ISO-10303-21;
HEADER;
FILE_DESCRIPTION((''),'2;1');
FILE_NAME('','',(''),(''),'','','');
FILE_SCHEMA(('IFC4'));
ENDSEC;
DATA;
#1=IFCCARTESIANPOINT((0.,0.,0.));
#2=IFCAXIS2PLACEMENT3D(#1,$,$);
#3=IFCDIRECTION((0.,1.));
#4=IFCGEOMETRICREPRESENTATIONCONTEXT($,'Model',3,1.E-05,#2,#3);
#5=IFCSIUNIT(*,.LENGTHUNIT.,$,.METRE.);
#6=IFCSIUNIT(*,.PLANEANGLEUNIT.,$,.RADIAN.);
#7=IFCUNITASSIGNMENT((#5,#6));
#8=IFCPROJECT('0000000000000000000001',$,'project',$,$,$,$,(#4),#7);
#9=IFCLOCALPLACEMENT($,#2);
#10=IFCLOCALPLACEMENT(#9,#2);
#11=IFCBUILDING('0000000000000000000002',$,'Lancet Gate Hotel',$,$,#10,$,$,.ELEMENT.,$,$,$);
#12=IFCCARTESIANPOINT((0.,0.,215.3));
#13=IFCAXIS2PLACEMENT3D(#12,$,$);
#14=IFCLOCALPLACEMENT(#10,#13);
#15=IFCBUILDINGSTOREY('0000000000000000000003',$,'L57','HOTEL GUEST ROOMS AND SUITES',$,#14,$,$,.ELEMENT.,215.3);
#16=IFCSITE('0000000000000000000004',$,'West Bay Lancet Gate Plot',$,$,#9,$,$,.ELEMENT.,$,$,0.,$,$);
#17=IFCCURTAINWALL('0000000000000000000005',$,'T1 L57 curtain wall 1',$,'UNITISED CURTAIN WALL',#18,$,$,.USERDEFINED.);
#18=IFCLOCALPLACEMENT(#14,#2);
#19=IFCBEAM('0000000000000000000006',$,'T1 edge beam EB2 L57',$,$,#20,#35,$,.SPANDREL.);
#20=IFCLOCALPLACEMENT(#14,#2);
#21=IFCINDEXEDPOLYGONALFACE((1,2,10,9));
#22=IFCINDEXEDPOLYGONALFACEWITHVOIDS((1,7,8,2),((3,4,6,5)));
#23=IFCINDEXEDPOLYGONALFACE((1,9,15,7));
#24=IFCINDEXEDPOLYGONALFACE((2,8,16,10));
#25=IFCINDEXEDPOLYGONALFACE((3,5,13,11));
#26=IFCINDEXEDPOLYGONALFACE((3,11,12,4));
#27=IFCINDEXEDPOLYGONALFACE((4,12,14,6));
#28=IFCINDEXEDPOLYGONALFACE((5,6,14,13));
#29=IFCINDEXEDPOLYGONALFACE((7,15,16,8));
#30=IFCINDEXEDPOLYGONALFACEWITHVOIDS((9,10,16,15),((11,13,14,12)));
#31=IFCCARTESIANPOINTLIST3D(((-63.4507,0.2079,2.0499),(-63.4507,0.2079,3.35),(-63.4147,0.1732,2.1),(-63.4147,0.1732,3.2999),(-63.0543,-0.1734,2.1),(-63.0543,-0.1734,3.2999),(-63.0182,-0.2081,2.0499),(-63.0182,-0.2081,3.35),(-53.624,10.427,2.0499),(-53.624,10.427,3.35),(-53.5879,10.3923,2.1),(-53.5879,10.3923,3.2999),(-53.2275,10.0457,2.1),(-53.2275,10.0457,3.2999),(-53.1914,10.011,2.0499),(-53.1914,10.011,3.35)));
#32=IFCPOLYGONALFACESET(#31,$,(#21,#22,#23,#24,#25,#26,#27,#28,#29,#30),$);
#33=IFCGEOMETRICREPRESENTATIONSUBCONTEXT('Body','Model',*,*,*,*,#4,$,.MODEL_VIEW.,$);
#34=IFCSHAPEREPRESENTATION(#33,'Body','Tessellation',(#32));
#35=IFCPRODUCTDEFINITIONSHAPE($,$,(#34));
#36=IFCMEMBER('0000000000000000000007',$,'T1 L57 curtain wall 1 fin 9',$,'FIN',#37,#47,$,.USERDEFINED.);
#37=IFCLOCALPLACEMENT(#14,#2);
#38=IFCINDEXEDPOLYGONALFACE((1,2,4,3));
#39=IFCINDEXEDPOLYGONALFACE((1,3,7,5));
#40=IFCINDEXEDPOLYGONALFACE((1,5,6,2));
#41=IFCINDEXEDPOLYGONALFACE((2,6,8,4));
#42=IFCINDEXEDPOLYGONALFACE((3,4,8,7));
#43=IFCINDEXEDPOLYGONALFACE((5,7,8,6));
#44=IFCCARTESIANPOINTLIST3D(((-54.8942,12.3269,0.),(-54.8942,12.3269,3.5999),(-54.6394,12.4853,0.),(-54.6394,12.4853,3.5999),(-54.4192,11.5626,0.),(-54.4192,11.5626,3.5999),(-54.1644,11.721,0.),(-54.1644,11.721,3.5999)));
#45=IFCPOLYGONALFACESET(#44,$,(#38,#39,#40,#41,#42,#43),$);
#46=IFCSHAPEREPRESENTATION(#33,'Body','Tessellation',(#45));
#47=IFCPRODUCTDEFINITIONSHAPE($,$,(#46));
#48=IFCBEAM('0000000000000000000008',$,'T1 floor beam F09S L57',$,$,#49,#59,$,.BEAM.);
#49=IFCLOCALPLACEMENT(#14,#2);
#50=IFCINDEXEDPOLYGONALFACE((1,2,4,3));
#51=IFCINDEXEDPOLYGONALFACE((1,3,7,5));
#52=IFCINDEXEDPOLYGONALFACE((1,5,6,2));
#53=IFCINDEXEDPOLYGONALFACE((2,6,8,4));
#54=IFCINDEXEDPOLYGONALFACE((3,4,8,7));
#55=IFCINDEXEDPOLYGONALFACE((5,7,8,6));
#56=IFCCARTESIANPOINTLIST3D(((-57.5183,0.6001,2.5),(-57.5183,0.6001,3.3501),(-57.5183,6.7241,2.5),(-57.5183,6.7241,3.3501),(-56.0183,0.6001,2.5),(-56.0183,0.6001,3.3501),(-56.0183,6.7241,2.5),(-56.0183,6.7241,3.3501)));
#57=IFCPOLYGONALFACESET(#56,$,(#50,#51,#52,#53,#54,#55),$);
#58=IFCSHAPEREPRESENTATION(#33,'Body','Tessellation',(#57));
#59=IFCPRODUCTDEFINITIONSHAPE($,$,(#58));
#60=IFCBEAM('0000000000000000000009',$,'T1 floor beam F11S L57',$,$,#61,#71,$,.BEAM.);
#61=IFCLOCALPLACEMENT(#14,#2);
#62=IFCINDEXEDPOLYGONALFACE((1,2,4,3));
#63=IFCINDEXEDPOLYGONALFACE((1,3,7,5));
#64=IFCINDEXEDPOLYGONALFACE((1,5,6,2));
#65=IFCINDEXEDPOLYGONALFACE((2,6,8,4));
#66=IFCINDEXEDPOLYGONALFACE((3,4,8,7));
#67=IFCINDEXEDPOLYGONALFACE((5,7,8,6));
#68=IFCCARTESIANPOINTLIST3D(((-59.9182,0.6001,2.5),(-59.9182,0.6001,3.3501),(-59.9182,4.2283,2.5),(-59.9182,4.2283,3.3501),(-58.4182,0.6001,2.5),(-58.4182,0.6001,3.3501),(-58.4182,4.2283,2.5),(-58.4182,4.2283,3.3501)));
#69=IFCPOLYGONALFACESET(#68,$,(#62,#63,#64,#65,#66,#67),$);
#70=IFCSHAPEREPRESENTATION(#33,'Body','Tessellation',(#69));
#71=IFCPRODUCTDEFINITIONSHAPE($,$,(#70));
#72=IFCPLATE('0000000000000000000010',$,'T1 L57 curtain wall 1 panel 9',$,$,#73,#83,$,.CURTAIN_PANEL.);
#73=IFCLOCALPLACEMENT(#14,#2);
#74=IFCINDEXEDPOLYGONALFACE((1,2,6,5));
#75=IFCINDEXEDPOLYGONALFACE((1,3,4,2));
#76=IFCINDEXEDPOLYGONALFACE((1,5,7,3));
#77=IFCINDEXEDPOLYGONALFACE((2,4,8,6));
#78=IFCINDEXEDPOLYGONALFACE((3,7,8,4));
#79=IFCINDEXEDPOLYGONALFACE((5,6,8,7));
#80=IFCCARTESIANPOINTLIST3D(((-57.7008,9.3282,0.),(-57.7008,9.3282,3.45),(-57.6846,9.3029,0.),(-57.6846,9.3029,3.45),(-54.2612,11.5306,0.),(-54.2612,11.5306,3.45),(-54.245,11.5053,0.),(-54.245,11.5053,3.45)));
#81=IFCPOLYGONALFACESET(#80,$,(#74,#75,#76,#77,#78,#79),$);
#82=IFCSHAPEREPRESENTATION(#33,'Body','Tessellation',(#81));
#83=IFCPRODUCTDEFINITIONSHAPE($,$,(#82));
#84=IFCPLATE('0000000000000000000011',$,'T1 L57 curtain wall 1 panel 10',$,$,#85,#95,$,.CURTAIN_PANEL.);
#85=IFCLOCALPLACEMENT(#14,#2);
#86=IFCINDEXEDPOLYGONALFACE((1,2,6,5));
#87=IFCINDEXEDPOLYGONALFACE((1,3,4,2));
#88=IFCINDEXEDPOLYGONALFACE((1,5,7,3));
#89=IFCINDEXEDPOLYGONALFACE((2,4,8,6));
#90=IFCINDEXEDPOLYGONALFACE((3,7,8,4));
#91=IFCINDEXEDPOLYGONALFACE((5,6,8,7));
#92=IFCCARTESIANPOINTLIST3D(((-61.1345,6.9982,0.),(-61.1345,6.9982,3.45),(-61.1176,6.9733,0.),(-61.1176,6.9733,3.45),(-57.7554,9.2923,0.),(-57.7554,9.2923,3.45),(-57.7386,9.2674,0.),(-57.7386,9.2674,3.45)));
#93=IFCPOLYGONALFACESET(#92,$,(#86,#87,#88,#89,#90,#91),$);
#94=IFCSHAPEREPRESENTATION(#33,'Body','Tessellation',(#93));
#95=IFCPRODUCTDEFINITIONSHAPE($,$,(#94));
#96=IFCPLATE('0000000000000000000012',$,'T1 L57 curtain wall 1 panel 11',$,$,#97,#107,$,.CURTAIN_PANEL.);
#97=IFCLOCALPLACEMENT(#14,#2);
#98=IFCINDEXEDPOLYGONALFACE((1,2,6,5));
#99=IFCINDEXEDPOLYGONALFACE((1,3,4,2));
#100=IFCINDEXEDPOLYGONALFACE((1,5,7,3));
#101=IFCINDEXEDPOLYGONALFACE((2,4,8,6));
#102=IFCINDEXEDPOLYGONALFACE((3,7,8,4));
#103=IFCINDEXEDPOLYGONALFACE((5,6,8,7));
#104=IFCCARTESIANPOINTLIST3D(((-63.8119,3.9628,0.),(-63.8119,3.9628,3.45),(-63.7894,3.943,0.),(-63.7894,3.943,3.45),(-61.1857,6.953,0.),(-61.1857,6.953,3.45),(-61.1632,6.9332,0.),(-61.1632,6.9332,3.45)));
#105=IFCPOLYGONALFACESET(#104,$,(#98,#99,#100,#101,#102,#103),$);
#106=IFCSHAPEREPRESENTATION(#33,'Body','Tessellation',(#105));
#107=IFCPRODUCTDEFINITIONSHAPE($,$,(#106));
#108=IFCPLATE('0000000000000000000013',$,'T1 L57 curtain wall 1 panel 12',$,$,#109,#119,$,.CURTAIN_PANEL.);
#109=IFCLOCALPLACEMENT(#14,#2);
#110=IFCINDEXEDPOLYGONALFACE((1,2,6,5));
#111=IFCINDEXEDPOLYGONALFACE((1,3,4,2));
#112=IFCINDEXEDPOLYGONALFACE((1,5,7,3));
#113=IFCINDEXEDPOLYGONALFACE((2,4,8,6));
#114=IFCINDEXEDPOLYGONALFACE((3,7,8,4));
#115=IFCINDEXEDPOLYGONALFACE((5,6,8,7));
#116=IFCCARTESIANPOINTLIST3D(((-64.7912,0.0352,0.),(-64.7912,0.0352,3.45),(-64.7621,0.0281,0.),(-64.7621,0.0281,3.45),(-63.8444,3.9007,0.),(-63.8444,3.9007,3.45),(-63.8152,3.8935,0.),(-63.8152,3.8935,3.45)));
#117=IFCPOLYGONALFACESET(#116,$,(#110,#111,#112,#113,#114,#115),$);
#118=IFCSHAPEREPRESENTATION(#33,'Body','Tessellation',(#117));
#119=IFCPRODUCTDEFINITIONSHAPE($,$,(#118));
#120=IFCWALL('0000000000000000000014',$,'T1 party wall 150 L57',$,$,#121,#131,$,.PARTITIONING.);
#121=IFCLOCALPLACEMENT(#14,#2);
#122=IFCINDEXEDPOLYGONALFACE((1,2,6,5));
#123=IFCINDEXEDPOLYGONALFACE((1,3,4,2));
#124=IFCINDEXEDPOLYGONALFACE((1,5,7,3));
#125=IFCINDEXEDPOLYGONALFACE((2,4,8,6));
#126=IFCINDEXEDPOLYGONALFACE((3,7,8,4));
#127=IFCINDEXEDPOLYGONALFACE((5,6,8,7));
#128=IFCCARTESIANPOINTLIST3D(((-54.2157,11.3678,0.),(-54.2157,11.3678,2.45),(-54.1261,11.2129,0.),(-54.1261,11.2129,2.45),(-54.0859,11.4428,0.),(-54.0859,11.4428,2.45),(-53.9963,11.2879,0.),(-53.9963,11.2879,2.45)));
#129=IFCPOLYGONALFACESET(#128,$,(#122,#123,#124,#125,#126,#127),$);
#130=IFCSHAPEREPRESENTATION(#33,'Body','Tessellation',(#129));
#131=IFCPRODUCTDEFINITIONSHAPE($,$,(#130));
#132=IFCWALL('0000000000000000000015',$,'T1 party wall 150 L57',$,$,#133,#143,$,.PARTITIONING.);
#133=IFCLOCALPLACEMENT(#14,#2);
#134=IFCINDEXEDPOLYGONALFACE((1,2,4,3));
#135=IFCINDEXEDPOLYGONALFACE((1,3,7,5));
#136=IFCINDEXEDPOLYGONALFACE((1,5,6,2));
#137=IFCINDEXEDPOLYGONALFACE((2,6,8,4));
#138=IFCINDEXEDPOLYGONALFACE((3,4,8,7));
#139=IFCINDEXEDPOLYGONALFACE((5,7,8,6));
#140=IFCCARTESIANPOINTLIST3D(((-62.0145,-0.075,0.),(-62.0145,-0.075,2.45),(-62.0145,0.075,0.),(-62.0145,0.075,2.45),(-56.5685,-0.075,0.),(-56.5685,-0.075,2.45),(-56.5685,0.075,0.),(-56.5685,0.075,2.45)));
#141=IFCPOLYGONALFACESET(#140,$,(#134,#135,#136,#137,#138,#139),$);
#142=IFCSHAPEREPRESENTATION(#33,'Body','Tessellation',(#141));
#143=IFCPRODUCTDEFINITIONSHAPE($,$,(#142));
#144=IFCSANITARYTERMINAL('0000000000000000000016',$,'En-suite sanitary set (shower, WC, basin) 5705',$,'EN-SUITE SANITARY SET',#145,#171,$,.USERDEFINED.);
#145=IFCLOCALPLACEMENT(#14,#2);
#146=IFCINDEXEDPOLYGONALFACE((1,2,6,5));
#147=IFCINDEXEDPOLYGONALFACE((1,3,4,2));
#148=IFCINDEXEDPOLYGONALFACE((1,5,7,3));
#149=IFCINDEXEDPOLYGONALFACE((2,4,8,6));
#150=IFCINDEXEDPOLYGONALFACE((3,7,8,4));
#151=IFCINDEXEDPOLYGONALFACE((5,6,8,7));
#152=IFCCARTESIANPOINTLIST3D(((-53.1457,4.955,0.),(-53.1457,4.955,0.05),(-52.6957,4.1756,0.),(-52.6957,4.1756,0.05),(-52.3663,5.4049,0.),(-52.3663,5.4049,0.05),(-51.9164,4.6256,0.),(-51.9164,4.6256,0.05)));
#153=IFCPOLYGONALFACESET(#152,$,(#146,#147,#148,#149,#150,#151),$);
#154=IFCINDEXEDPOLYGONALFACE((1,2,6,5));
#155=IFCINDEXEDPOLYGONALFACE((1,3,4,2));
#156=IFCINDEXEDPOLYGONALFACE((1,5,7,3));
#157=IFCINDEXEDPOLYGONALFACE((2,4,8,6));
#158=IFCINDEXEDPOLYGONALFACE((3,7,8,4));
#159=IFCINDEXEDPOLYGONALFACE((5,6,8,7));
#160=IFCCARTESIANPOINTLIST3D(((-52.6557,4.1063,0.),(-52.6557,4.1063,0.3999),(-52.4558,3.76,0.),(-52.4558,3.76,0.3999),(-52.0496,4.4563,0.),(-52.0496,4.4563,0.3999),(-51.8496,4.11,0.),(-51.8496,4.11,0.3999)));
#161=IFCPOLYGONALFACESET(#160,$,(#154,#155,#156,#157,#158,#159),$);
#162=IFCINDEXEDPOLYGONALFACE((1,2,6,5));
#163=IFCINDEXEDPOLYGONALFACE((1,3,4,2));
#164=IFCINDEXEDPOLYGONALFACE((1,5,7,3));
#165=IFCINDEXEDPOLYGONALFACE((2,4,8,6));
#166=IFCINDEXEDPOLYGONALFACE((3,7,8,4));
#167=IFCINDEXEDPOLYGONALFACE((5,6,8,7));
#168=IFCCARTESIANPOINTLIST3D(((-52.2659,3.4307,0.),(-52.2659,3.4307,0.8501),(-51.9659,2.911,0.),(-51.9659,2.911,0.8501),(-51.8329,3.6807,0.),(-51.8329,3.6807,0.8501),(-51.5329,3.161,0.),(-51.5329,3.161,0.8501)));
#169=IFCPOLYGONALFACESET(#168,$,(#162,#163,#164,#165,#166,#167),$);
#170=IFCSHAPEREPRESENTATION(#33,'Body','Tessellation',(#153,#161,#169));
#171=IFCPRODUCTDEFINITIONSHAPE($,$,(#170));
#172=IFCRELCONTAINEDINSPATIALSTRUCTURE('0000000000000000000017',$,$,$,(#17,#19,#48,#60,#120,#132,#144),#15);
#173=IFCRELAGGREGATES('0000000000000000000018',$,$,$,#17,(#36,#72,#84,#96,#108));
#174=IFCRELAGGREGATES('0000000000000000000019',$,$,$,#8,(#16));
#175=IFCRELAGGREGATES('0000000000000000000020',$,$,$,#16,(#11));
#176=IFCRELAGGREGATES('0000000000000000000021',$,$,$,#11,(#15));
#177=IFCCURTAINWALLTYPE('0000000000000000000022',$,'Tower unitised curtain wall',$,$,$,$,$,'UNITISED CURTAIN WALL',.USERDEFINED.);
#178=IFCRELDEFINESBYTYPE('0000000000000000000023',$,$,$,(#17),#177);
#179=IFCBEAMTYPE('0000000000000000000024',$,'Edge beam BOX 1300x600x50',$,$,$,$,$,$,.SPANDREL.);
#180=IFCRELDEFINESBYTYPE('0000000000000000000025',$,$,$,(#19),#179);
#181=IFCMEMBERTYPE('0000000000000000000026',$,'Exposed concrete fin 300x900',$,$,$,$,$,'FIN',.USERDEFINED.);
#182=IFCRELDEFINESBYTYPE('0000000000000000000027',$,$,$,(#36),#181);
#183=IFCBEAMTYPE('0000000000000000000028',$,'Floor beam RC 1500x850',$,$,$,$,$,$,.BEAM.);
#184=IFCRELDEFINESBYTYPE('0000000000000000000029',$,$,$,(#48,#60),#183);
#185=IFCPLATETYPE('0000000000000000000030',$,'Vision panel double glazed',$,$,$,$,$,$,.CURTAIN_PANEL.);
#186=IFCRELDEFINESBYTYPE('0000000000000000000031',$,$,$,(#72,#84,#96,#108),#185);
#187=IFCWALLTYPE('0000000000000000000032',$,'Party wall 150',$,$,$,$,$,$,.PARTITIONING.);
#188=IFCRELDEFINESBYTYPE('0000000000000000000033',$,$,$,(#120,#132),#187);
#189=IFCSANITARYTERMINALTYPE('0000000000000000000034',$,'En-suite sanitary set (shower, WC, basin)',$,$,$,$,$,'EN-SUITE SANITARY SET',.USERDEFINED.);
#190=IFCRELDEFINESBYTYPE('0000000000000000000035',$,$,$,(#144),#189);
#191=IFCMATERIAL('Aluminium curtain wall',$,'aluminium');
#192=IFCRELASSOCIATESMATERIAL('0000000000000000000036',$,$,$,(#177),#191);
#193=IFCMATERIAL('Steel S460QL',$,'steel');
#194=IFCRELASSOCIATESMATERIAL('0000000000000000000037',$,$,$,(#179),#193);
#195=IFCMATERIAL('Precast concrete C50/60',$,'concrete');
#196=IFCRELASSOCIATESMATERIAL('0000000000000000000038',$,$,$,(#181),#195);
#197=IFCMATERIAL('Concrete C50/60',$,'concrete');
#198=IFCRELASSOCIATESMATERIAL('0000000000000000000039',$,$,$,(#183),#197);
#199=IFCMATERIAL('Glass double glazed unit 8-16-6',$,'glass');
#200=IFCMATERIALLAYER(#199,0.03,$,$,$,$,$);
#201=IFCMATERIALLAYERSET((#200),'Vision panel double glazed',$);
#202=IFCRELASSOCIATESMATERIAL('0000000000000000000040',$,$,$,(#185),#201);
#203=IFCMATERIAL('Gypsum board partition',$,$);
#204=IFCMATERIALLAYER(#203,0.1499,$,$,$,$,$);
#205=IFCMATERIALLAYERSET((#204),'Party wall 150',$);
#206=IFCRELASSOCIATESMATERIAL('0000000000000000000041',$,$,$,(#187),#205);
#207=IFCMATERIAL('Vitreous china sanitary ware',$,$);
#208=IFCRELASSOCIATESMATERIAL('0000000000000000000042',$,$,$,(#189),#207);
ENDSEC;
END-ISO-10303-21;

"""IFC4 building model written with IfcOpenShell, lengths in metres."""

from ifc_helpers import new_model, si_unit, direction, frame, frame_2d, origin, origin_2d, place, context, subcontext, project, spatial, rectangle, hollow_rectangle, extrude, material, layer, layer_set, material_profile, profile_set, type_object, element, aggregate, save


model = new_model("IFC4")

# Units and contexts
model_context = context("Model", 3, precision=1e-05, world=origin(), true_north=direction((0.0, 1.0)))
body_context = subcontext(model_context, "Body", "Model", "MODEL_VIEW")
ifc_project = project(units=[si_unit("LENGTHUNIT", "METRE"), si_unit("PLANEANGLEUNIT", "RADIAN")], contexts=[model_context])

# Site, building, storey
site_placement = place(None, origin())
site = spatial("IfcSite", under=ifc_project, at=site_placement, Name="West Bay Lancet Gate Plot", CompositionType="ELEMENT", RefElevation=0.0)
building_placement = place(site_placement, origin())
building = spatial("IfcBuilding", under=site, at=building_placement, Name="Lancet Gate Hotel", CompositionType="ELEMENT")
storey_placement = place(building_placement, frame((0.0, 0.0, 215.3)))
storey = spatial("IfcBuildingStorey", under=building, at=storey_placement, Name="L57", Description="HOTEL GUEST ROOMS AND SUITES", CompositionType="ELEMENT", Elevation=215.3)

# Curtain wall
ifc_material_1 = material(Name="Aluminium curtain wall", Category="aluminium")
curtain_wall_type = type_object("IfcCurtainWallType", Name="Tower unitised curtain wall", ElementType="UNITISED CURTAIN WALL", PredefinedType="USERDEFINED", material=ifc_material_1)
curtain_wall_placement = place(storey_placement, origin())
curtain_wall = element("IfcCurtainWall", 1, at=curtain_wall_placement, inside=storey, type_object=curtain_wall_type, Name="T1 L57 curtain wall 1", ObjectType="UNITISED CURTAIN WALL", PredefinedType="USERDEFINED")

# Beam
ifc_material_2 = material(Name="Steel S460QL", Category="steel")
ifc_material_profile_1 = material_profile(ifc_material_2, hollow_rectangle(XDim=0.6001, YDim=1.3, WallThickness=0.05, at=origin_2d()), Name="BOX 1300x600x50")
ifc_profile_set_1 = profile_set([ifc_material_profile_1], Name="Steel S460QL")
beam_type_1 = type_object("IfcBeamType", Name="Edge beam BOX 1300x600x50", PredefinedType="SPANDREL", material=ifc_profile_set_1)
beam_1_placement = place(storey_placement, frame((-53.4077, 10.219, 2.7), z_axis=(-0.693135, -0.720808, 0.0), x_axis=(0.720808, -0.693135, 0.0)))
element("IfcBeam", 2, at=beam_1_placement, inside=storey, type_object=beam_type_1, Name="T1 edge beam EB2 L57", PredefinedType="SPANDREL", context=body_context, shape_type="SweptSolid", body=[
    extrude(hollow_rectangle(XDim=0.6001, YDim=1.3, WallThickness=0.05, at=origin_2d()), origin(), (0.0, 0.0, 1.0), 14.1772),
])

# Member
ifc_material_3 = material(Name="Precast concrete C50/60", Category="concrete")
ifc_material_profile_2 = material_profile(ifc_material_3, rectangle(XDim=0.3, YDim=0.8999, at=origin_2d()), Name="FIN 300x900")
ifc_profile_set_2 = profile_set([ifc_material_profile_2], Name="Precast concrete C50/60")
member_type_1 = type_object("IfcMemberType", Name="Exposed concrete fin 300x900", ElementType="FIN", PredefinedType="USERDEFINED", material=ifc_profile_set_2)
member_1_placement = place(storey_placement, frame((-54.5293, 12.0239, 0.0), z_axis=(0.0, 0.0, 1.0), x_axis=(-0.849342, -0.527842, 0.0)))
member_1 = element("IfcMember", 3, at=member_1_placement, type_object=member_type_1, Name="T1 L57 curtain wall 1 fin 9", ObjectType="FIN", PredefinedType="USERDEFINED", context=body_context, shape_type="SweptSolid", body=[
    extrude(rectangle(XDim=0.3, YDim=0.8999, at=origin_2d()), origin(), (0.0, 0.0, 1.0), 3.5999),
])

# Beams
ifc_material_4 = material(Name="Concrete C50/60", Category="concrete")
ifc_material_profile_3 = material_profile(ifc_material_4, rectangle(XDim=1.5, YDim=0.8501, at=origin_2d()), Name="RC 1500x850")
ifc_profile_set_3 = profile_set([ifc_material_profile_3], Name="Concrete C50/60")
beam_type_2 = type_object("IfcBeamType", Name="Floor beam RC 1500x850", PredefinedType="BEAM", material=ifc_profile_set_3)
beam_2_placement = place(storey_placement, frame((-56.7683, 6.7241, 2.925), z_axis=(0.0, -1.0, 0.0), x_axis=(1.0, 0.0, 0.0)))
element("IfcBeam", 4, at=beam_2_placement, inside=storey, type_object=beam_type_2, Name="T1 floor beam F09S L57", PredefinedType="BEAM", context=body_context, shape_type="SweptSolid", body=[
    extrude(rectangle(XDim=1.5, YDim=0.8501, at=origin_2d()), origin(), (0.0, 0.0, 1.0), 6.124),
])
beam_3_placement = place(storey_placement, frame((-59.1682, 4.2283, 2.925), z_axis=(0.0, -1.0, 0.0), x_axis=(1.0, 0.0, 0.0)))
element("IfcBeam", 5, at=beam_3_placement, inside=storey, type_object=beam_type_2, Name="T1 floor beam F11S L57", PredefinedType="BEAM", context=body_context, shape_type="SweptSolid", body=[
    extrude(rectangle(XDim=1.5, YDim=0.8501, at=origin_2d()), origin(), (0.0, 0.0, 1.0), 3.6282),
])

# Plates
ifc_material_5 = material(Name="Glass double glazed unit 8-16-6", Category="glass")
ifc_layer_1 = layer(ifc_material_5, 0.03)
ifc_layer_set_1 = layer_set([ifc_layer_1], Name="Vision panel double glazed")
plate_type = type_object("IfcPlateType", Name="Vision panel double glazed", PredefinedType="CURTAIN_PANEL", material=ifc_layer_set_1)
plate_1_placement = place(storey_placement, frame((-55.9729, 10.4167, 0.0), z_axis=(0.0, 0.0, 1.0), x_axis=(-0.842161, -0.539226, 0.0)))
plate_1 = element("IfcPlate", 6, at=plate_1_placement, type_object=plate_type, Name="T1 L57 curtain wall 1 panel 9", PredefinedType="CURTAIN_PANEL", context=body_context, shape_type="SweptSolid", body=[
    extrude(rectangle(XDim=4.0842, YDim=0.03, at=origin_2d()), origin(), (0.0, 0.0, 1.0), 3.45),
])
plate_2_placement = place(storey_placement, frame((-59.4365, 8.1328, 0.0), z_axis=(0.0, 0.0, 1.0), x_axis=(-0.827342, -0.561698, 0.0)))
plate_2 = element("IfcPlate", 7, at=plate_2_placement, type_object=plate_type, Name="T1 L57 curtain wall 1 panel 10", PredefinedType="CURTAIN_PANEL", context=body_context, shape_type="SweptSolid", body=[
    extrude(rectangle(XDim=4.0842, YDim=0.03, at=origin_2d()), origin(), (0.0, 0.0, 1.0), 3.45),
])
plate_3_placement = place(storey_placement, frame((-62.4875, 5.448, 0.0), z_axis=(0.0, 0.0, 1.0), x_axis=(-0.659892, -0.751361, 0.0)))
plate_3 = element("IfcPlate", 8, at=plate_3_placement, type_object=plate_type, Name="T1 L57 curtain wall 1 panel 11", PredefinedType="CURTAIN_PANEL", context=body_context, shape_type="SweptSolid", body=[
    extrude(rectangle(XDim=3.9797, YDim=0.03, at=origin_2d()), origin(), (0.0, 0.0, 1.0), 3.45),
])
plate_4_placement = place(storey_placement, frame((-64.3032, 1.9644, 0.0), z_axis=(0.0, 0.0, 1.0), x_axis=(-0.237921, -0.971285, 0.0)))
plate_4 = element("IfcPlate", 9, at=plate_4_placement, type_object=plate_type, Name="T1 L57 curtain wall 1 panel 12", PredefinedType="CURTAIN_PANEL", context=body_context, shape_type="SweptSolid", body=[
    extrude(rectangle(XDim=3.9797, YDim=0.03, at=origin_2d()), origin(), (0.0, 0.0, 1.0), 3.45),
])
aggregate(curtain_wall, [member_1, plate_1, plate_2, plate_3, plate_4])

# Walls
ifc_material_6 = material(Name="Gypsum board partition")
ifc_layer_2 = layer(ifc_material_6, 0.1499)
ifc_layer_set_2 = layer_set([ifc_layer_2], Name="Party wall 150")
wall_type = type_object("IfcWallType", Name="Party wall 150", PredefinedType="PARTITIONING", material=ifc_layer_set_2)
wall_1_placement = place(storey_placement, frame((-54.0613, 11.2505, 0.0), z_axis=(0.0, 0.0, 1.0), x_axis=(-0.500391, 0.865799, 0.0)))
element("IfcWall", 10, at=wall_1_placement, inside=storey, type_object=wall_type, Name="T1 party wall 150 L57", PredefinedType="PARTITIONING", context=body_context, shape_type="SweptSolid", body=[
    extrude(rectangle(XDim=0.179, YDim=0.1499, at=frame_2d((0.0894, 0.0))), origin(), (0.0, 0.0, 1.0), 2.45),
])
wall_2_placement = place(storey_placement, frame((-56.5684, 0.0, 0.0), z_axis=(0.0, 0.0, 1.0), x_axis=(-1.0, 0.0, 0.0)))
element("IfcWall", 11, at=wall_2_placement, inside=storey, type_object=wall_type, Name="T1 party wall 150 L57", PredefinedType="PARTITIONING", context=body_context, shape_type="SweptSolid", body=[
    extrude(rectangle(XDim=5.446, YDim=0.1499, at=frame_2d((2.7231, 0.0))), origin(), (0.0, 0.0, 1.0), 2.45),
])

# Sanitary terminal
ifc_material_7 = material(Name="Vitreous china sanitary ware")
sanitary_terminal_type = type_object("IfcSanitaryTerminalType", Name="En-suite sanitary set (shower, WC, basin)", ElementType="EN-SUITE SANITARY SET", PredefinedType="USERDEFINED", material=ifc_material_7)
sanitary_terminal_placement = place(storey_placement, frame((-52.531, 4.7903, 0.0), z_axis=(0.0, 0.0, 1.0), x_axis=(1.0, 0.0, 0.0)))
element("IfcSanitaryTerminal", 12, at=sanitary_terminal_placement, inside=storey, type_object=sanitary_terminal_type, Name="En-suite sanitary set (shower, WC, basin) 5705", ObjectType="EN-SUITE SANITARY SET", PredefinedType="USERDEFINED", context=body_context, shape_type="SweptSolid", body=[
    extrude(rectangle(XDim=0.8999, YDim=0.8999, at=origin_2d()), frame((0.0, 0.0, 0.0), z_axis=(0.0, 0.0, 1.0), x_axis=(-0.5, 0.866025, 0.0)), (0.0, 0.0, 1.0), 0.05),
    extrude(rectangle(XDim=0.3999, YDim=0.7, at=origin_2d()), frame((0.2783, -0.6821, 0.0), z_axis=(0.0, 0.0, 1.0), x_axis=(-0.5, 0.866025, 0.0)), (0.0, 0.0, 1.0), 0.3999),
    extrude(rectangle(XDim=0.6001, YDim=0.5, at=origin_2d()), frame((0.6316, -1.4944, 0.0), z_axis=(0.0, 0.0, 1.0), x_axis=(-0.5, 0.866025, 0.0)), (0.0, 0.0, 1.0), 0.8501),
])

save(model, "model.ifc")
